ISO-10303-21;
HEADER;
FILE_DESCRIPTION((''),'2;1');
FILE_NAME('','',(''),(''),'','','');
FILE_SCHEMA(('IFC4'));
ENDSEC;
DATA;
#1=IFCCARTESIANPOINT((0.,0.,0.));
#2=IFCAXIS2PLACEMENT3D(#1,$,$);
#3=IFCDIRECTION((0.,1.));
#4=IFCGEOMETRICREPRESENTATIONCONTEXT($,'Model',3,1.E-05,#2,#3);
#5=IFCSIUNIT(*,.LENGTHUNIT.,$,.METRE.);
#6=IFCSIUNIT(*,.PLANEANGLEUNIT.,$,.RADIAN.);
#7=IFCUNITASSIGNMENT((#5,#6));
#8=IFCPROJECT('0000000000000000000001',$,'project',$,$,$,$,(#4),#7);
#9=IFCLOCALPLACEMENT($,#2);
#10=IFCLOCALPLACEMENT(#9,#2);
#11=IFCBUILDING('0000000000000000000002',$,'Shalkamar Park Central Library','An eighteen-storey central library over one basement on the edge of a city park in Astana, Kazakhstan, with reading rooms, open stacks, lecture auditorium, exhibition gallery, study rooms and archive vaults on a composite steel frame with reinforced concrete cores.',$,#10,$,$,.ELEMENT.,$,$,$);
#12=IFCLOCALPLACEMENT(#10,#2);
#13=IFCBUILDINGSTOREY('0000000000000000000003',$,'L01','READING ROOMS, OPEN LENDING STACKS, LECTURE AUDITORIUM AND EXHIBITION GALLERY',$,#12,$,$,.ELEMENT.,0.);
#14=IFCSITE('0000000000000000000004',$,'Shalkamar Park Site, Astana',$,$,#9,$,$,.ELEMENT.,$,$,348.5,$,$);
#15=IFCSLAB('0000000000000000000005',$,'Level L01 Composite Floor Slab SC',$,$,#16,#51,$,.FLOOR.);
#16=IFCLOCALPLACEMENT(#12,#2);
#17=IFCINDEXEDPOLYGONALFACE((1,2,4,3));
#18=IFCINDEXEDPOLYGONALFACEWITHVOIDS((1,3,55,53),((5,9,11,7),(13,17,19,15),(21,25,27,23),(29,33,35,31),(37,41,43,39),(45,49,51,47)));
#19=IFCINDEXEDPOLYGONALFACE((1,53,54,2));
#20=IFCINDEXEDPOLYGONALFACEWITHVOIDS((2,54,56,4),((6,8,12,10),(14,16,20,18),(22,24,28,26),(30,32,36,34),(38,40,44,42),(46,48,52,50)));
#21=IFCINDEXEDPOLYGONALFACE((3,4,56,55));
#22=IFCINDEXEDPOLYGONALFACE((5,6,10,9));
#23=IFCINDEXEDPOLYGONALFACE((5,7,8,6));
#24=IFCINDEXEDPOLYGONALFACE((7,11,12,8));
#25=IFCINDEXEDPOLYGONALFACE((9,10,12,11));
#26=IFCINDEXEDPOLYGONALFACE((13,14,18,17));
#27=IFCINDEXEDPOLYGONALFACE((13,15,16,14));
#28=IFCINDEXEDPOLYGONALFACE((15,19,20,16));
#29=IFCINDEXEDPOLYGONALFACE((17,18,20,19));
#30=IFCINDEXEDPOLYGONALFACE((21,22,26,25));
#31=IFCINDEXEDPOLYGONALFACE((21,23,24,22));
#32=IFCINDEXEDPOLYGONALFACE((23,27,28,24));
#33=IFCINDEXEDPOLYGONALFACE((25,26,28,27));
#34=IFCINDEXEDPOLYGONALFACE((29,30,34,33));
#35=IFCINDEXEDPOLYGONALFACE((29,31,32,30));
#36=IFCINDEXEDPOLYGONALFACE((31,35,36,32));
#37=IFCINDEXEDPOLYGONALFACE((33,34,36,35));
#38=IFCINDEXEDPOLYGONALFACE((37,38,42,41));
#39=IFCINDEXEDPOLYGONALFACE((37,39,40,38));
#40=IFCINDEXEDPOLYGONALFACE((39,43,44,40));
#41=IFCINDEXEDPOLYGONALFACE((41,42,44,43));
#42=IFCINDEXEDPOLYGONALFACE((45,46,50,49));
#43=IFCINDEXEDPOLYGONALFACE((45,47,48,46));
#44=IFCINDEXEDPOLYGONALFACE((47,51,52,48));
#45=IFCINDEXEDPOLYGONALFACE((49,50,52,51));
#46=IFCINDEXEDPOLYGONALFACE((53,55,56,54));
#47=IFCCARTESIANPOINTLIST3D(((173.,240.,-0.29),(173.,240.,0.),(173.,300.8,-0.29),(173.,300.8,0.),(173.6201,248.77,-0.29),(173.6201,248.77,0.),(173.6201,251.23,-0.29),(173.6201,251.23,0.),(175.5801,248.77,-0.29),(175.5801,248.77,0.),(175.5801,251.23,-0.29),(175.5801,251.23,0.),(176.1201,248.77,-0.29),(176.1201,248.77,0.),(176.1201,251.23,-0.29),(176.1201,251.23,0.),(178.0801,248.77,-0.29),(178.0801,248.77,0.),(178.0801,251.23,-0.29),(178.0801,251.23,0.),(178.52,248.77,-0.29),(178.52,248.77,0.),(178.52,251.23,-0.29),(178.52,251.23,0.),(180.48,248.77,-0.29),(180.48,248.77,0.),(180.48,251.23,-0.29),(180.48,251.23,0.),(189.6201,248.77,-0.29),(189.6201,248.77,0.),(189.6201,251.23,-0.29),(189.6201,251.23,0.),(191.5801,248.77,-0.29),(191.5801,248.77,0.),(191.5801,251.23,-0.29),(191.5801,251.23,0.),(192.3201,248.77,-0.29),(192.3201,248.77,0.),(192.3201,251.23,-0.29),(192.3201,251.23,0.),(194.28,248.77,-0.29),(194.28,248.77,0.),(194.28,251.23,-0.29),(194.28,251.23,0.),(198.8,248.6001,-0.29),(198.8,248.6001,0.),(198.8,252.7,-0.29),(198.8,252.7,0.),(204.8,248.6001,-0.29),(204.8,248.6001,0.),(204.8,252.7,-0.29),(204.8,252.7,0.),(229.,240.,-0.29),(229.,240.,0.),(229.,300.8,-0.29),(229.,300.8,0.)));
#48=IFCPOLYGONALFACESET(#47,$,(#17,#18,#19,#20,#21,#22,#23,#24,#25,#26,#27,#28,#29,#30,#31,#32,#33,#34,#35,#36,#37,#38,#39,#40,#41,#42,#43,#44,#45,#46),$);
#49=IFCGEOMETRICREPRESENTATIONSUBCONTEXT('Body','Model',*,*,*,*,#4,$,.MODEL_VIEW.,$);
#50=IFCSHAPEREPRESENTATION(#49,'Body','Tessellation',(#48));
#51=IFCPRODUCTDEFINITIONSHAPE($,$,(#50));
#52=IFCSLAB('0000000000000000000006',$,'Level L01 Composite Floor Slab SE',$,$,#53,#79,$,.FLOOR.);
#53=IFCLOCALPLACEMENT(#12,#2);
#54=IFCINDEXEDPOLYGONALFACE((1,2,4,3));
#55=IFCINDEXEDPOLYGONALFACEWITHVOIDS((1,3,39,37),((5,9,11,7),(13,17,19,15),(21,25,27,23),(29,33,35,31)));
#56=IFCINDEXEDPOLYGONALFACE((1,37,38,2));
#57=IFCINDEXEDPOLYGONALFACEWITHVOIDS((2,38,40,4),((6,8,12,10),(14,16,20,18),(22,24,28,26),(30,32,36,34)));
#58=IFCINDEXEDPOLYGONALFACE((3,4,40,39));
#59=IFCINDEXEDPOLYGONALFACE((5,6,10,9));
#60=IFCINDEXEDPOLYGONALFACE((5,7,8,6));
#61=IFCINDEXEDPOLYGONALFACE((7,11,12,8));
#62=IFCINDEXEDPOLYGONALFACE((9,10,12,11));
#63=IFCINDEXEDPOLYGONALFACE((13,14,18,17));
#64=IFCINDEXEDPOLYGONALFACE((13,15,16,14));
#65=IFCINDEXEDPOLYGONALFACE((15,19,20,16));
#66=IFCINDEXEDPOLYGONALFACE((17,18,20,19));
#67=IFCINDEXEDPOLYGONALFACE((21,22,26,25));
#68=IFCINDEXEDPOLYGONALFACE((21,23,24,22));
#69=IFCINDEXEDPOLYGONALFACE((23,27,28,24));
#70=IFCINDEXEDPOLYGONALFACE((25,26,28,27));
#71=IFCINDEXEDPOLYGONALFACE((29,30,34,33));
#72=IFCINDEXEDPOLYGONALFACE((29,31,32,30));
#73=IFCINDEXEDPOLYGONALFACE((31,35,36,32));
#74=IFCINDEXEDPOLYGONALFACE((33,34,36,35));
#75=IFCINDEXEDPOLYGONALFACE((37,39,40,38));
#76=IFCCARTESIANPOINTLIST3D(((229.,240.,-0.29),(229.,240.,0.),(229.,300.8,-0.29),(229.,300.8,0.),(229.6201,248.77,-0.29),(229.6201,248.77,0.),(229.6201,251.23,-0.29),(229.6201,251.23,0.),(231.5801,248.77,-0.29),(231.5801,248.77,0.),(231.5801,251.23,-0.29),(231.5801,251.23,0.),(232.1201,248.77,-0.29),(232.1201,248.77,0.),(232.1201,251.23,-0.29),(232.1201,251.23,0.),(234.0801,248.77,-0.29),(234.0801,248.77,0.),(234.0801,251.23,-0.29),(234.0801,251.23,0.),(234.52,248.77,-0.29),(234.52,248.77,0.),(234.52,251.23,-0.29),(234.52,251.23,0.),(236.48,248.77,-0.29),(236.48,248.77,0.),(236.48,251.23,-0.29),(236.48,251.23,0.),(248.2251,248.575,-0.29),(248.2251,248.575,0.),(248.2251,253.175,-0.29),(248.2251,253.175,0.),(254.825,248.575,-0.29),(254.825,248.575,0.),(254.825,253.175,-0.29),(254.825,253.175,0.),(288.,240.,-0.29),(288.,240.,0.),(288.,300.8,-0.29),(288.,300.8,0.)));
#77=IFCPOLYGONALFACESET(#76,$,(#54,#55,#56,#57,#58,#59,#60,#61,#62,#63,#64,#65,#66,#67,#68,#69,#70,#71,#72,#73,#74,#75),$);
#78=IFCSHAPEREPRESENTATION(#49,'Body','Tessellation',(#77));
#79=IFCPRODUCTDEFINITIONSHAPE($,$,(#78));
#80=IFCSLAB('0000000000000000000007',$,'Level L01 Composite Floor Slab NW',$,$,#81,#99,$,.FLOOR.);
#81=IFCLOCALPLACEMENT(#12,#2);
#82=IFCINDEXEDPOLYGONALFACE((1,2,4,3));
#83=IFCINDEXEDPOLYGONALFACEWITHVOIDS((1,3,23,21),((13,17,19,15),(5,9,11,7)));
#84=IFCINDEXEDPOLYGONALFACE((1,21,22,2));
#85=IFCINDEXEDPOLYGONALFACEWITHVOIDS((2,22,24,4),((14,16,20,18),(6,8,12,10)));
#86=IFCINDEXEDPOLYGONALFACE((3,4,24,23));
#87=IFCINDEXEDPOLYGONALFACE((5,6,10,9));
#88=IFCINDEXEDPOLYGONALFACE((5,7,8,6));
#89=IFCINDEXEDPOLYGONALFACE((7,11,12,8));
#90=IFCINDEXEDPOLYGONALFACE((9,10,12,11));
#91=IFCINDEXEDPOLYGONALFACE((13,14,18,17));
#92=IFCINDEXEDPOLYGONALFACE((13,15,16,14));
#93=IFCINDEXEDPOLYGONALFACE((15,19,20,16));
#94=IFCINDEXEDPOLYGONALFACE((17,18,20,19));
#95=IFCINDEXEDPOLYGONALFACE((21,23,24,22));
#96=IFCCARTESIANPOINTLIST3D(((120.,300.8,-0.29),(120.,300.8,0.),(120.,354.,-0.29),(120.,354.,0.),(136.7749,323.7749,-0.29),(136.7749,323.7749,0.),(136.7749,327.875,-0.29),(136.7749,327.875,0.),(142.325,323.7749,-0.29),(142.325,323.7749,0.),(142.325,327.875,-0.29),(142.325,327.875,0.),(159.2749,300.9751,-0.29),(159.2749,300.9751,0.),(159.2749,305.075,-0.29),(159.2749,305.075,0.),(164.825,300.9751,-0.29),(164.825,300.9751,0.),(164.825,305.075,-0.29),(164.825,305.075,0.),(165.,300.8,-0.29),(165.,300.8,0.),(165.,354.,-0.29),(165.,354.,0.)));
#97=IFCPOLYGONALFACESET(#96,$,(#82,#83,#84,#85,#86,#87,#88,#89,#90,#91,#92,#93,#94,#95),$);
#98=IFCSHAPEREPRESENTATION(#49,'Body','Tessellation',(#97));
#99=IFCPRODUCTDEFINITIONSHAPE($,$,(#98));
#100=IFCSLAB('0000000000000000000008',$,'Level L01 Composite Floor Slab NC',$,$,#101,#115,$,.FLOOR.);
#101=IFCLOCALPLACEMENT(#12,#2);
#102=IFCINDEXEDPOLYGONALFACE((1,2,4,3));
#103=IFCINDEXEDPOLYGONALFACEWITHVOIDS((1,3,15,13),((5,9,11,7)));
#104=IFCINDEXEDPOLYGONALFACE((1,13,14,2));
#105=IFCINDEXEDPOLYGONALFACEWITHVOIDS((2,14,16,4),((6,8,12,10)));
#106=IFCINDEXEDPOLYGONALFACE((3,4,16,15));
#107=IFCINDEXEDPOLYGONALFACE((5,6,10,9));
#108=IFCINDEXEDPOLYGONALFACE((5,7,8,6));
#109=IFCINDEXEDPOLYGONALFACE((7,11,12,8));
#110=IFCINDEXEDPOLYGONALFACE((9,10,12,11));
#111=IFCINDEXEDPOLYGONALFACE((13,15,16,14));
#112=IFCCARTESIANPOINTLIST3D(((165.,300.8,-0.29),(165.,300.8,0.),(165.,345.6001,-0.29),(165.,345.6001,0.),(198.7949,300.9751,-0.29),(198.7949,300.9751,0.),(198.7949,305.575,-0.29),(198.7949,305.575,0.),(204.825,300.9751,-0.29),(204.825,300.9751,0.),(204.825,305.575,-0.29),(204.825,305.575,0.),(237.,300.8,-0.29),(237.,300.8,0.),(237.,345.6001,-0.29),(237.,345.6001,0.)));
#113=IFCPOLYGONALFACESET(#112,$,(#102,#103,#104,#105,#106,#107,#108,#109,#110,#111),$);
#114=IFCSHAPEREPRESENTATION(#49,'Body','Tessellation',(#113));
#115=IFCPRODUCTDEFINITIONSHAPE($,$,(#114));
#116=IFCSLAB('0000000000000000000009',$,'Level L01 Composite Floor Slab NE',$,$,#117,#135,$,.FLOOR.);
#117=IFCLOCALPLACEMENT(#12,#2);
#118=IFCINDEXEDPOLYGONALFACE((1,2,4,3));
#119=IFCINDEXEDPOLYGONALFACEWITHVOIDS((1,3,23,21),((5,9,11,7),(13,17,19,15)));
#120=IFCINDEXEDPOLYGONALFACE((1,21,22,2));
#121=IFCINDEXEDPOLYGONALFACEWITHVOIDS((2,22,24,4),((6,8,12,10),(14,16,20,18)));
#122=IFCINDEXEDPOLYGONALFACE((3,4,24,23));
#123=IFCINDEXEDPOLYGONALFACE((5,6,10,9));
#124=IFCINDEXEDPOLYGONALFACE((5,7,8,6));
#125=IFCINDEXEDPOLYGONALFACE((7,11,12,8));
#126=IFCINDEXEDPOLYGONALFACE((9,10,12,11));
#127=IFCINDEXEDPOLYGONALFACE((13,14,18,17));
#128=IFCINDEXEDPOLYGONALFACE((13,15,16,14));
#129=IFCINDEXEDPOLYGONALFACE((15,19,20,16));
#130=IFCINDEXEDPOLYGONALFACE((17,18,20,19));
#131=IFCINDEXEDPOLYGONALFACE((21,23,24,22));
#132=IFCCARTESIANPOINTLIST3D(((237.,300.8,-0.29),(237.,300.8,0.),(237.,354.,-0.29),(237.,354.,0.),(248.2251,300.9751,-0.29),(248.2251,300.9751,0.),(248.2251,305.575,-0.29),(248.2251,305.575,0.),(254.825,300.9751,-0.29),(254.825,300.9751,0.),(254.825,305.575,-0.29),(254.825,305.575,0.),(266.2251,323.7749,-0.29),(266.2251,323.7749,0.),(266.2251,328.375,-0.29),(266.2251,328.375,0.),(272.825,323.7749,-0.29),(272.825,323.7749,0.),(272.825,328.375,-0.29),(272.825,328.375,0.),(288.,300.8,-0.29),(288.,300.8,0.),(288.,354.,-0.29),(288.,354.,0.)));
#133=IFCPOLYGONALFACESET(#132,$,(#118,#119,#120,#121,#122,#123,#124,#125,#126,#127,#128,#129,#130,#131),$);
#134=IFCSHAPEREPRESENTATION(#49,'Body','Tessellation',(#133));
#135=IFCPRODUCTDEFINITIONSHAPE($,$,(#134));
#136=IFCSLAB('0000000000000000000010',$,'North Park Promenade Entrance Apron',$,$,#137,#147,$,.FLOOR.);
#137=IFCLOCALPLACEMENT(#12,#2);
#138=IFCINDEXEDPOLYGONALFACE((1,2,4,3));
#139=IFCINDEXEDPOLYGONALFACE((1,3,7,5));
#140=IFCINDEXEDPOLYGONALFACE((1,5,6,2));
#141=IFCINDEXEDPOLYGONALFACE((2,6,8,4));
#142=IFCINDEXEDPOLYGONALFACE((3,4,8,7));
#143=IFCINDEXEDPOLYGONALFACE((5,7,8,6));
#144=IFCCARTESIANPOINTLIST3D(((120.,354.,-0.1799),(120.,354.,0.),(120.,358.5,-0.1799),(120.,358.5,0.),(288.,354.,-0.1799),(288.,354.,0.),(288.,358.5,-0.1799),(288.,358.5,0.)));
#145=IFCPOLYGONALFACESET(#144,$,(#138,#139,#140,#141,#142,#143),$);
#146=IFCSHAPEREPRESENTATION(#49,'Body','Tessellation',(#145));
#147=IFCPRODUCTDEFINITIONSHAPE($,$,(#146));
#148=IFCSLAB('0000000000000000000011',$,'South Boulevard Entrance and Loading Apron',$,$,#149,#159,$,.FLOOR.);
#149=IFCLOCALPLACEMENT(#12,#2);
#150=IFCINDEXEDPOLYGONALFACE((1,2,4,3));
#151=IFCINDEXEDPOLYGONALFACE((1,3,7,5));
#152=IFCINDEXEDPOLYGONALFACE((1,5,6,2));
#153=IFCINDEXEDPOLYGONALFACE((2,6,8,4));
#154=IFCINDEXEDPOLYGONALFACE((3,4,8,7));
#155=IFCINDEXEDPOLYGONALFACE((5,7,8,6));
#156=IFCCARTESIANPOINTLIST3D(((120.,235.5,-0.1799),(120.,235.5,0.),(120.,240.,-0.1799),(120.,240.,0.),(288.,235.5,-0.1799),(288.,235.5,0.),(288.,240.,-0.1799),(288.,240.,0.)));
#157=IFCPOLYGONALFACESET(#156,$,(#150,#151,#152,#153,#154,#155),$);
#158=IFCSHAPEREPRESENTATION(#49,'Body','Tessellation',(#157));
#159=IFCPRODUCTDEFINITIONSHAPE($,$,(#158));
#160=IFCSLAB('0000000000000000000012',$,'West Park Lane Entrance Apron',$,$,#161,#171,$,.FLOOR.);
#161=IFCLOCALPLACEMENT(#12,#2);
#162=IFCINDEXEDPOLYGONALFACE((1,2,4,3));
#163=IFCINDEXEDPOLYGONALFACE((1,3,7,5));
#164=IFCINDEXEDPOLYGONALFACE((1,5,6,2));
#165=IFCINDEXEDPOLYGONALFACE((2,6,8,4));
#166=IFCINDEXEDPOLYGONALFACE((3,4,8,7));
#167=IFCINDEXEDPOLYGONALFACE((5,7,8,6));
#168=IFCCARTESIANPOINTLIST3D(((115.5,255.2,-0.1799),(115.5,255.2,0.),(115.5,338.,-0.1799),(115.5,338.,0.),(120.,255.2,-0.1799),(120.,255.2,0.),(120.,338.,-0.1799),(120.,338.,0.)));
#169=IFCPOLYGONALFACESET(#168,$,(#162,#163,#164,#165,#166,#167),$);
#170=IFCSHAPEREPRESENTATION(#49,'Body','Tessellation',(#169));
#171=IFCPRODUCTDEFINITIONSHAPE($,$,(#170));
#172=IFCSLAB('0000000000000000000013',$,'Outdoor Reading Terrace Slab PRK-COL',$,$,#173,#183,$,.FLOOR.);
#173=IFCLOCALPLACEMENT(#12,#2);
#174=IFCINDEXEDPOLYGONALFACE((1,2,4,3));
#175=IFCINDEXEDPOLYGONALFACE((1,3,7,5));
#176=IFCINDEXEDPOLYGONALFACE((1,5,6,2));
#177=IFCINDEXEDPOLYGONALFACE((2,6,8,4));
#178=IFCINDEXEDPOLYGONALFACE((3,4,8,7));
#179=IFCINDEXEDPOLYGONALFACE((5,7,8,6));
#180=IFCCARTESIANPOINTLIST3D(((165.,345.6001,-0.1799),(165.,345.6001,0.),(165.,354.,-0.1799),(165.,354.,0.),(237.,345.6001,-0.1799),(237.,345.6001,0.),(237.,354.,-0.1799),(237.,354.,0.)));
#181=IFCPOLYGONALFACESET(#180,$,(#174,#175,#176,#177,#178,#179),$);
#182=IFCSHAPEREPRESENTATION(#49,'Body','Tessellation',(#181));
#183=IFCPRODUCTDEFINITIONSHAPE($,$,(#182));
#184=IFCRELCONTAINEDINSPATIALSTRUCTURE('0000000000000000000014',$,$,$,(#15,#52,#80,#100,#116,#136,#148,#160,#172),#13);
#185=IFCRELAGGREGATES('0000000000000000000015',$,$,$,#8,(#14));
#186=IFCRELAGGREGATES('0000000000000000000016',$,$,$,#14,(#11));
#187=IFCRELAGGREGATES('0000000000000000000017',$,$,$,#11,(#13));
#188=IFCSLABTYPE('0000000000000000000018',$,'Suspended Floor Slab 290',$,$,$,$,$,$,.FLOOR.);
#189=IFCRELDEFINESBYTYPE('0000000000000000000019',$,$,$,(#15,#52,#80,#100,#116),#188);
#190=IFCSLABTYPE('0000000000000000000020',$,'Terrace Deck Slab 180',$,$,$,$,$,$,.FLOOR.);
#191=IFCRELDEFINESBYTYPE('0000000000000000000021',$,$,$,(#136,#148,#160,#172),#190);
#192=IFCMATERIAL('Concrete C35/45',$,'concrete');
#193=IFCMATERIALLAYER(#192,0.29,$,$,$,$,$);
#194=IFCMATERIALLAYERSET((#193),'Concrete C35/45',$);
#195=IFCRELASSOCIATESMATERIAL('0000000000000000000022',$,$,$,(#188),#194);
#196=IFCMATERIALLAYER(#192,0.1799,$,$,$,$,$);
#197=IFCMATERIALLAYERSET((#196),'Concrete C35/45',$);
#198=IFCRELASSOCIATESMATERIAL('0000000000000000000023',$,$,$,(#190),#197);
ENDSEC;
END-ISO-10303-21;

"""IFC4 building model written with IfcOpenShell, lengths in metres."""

from ifc_helpers import new_model, si_unit, direction, frame, origin, place, context, subcontext, project, spatial, polyline, outline, extrude, material, layer, layer_set, type_object, element, save


model = new_model("IFC4")

# Units and contexts
model_context = context("Model", 3, precision=1e-05, world=origin(), true_north=direction((0.0, 1.0)))
body_context = subcontext(model_context, "Body", "Model", "MODEL_VIEW")
ifc_project = project(units=[si_unit("LENGTHUNIT", "METRE"), si_unit("PLANEANGLEUNIT", "RADIAN")], contexts=[model_context])

# Site, building, storey
site_placement = place(None, origin())
site = spatial("IfcSite", under=ifc_project, at=site_placement, Name="Shalkamar Park Site, Astana", CompositionType="ELEMENT", RefElevation=348.5)
building_placement = place(site_placement, origin())
building = spatial("IfcBuilding", under=site, at=building_placement, Name="Shalkamar Park Central Library", Description="An eighteen-storey central library over one basement on the edge of a city park in Astana, Kazakhstan, with reading rooms, open stacks, lecture auditorium, exhibition gallery, study rooms and archive vaults on a composite steel frame with reinforced concrete cores.", CompositionType="ELEMENT")
storey_placement = place(building_placement, origin())
storey = spatial("IfcBuildingStorey", under=building, at=storey_placement, Name="L01", Description="READING ROOMS, OPEN LENDING STACKS, LECTURE AUDITORIUM AND EXHIBITION GALLERY", CompositionType="ELEMENT", Elevation=0.0)

# Shared definitions
ifc_material_1 = material(Name="Concrete C35/45", Category="concrete")

# Slabs
ifc_layer_1 = layer(ifc_material_1, 0.29)
ifc_layer_set_1 = layer_set([ifc_layer_1], Name="Concrete C35/45")
slab_type_1 = type_object("IfcSlabType", Name="Suspended Floor Slab 290", PredefinedType="FLOOR", material=ifc_layer_set_1)
slab_1_placement = place(storey_placement, frame((0.0, 0.0, -0.29)))
element("IfcSlab", 1, at=slab_1_placement, inside=storey, type_object=slab_type_1, Name="Level L01 Composite Floor Slab SC", PredefinedType="FLOOR", context=body_context, shape_type="SweptSolid", body=[
    extrude(outline(polyline([(173.0, 240.0), (173.0, 300.8), (229.0, 300.8), (229.0, 240.0), (173.0, 240.0)]), holes=[polyline([(175.5801, 251.23), (173.6201, 251.23), (173.6201, 248.77), (175.5801, 248.77), (175.5801, 251.23)]), polyline([(178.0801, 251.23), (176.1201, 251.23), (176.1201, 248.77), (178.0801, 248.77), (178.0801, 251.23)]), polyline([(180.48, 251.23), (178.52, 251.23), (178.52, 248.77), (180.48, 248.77), (180.48, 251.23)]), polyline([(191.5801, 251.23), (189.6201, 251.23), (189.6201, 248.77), (191.5801, 248.77), (191.5801, 251.23)]), polyline([(194.28, 251.23), (192.3201, 251.23), (192.3201, 248.77), (194.28, 248.77), (194.28, 251.23)]), polyline([(204.8, 252.7), (198.8, 252.7), (198.8, 248.6001), (204.8, 248.6001), (204.8, 252.7)])]), origin(), (0.0, 0.0, 1.0), 0.29),
])
slab_2_placement = place(storey_placement, frame((0.0, 0.0, -0.29)))
element("IfcSlab", 2, at=slab_2_placement, inside=storey, type_object=slab_type_1, Name="Level L01 Composite Floor Slab SE", PredefinedType="FLOOR", context=body_context, shape_type="SweptSolid", body=[
    extrude(outline(polyline([(229.0, 240.0), (229.0, 300.8), (288.0, 300.8), (288.0, 240.0), (229.0, 240.0)]), holes=[polyline([(231.5801, 251.23), (229.6201, 251.23), (229.6201, 248.77), (231.5801, 248.77), (231.5801, 251.23)]), polyline([(234.0801, 251.23), (232.1201, 251.23), (232.1201, 248.77), (234.0801, 248.77), (234.0801, 251.23)]), polyline([(236.48, 251.23), (234.52, 251.23), (234.52, 248.77), (236.48, 248.77), (236.48, 251.23)]), polyline([(254.825, 253.175), (248.2251, 253.175), (248.2251, 248.575), (254.825, 248.575), (254.825, 253.175)])]), origin(), (0.0, 0.0, 1.0), 0.29),
])
slab_3_placement = place(storey_placement, frame((0.0, 0.0, -0.29)))
element("IfcSlab", 3, at=slab_3_placement, inside=storey, type_object=slab_type_1, Name="Level L01 Composite Floor Slab NW", PredefinedType="FLOOR", context=body_context, shape_type="SweptSolid", body=[
    extrude(outline(polyline([(120.0, 300.8), (120.0, 354.0), (165.0, 354.0), (165.0, 300.8), (120.0, 300.8)]), holes=[polyline([(164.825, 305.075), (159.2749, 305.075), (159.2749, 300.9751), (164.825, 300.9751), (164.825, 305.075)]), polyline([(142.325, 327.875), (136.7749, 327.875), (136.7749, 323.7749), (142.325, 323.7749), (142.325, 327.875)])]), origin(), (0.0, 0.0, 1.0), 0.29),
])
slab_4_placement = place(storey_placement, frame((0.0, 0.0, -0.29)))
element("IfcSlab", 4, at=slab_4_placement, inside=storey, type_object=slab_type_1, Name="Level L01 Composite Floor Slab NC", PredefinedType="FLOOR", context=body_context, shape_type="SweptSolid", body=[
    extrude(outline(polyline([(165.0, 300.8), (165.0, 345.6001), (237.0, 345.6001), (237.0, 300.8), (165.0, 300.8)]), holes=[polyline([(204.825, 305.575), (198.7949, 305.575), (198.7949, 300.9751), (204.825, 300.9751), (204.825, 305.575)])]), origin(), (0.0, 0.0, 1.0), 0.29),
])
slab_5_placement = place(storey_placement, frame((0.0, 0.0, -0.29)))
element("IfcSlab", 5, at=slab_5_placement, inside=storey, type_object=slab_type_1, Name="Level L01 Composite Floor Slab NE", PredefinedType="FLOOR", context=body_context, shape_type="SweptSolid", body=[
    extrude(outline(polyline([(237.0, 300.8), (237.0, 354.0), (288.0, 354.0), (288.0, 300.8), (237.0, 300.8)]), holes=[polyline([(254.825, 300.9751), (254.825, 305.575), (248.2251, 305.575), (248.2251, 300.9751), (254.825, 300.9751)]), polyline([(272.825, 323.7749), (272.825, 328.375), (266.2251, 328.375), (266.2251, 323.7749), (272.825, 323.7749)])]), origin(), (0.0, 0.0, 1.0), 0.29),
])
ifc_layer_2 = layer(ifc_material_1, 0.1799)
ifc_layer_set_2 = layer_set([ifc_layer_2], Name="Concrete C35/45")
slab_type_2 = type_object("IfcSlabType", Name="Terrace Deck Slab 180", PredefinedType="FLOOR", material=ifc_layer_set_2)
slab_6_placement = place(storey_placement, frame((0.0, 0.0, -0.1799)))
element("IfcSlab", 6, at=slab_6_placement, inside=storey, type_object=slab_type_2, Name="North Park Promenade Entrance Apron", PredefinedType="FLOOR", context=body_context, shape_type="SweptSolid", body=[
    extrude(outline(polyline([(120.0, 354.0), (288.0, 354.0), (288.0, 358.5), (120.0, 358.5), (120.0, 354.0)])), origin(), (0.0, 0.0, 1.0), 0.1799),
])
slab_7_placement = place(storey_placement, frame((0.0, 0.0, -0.1799)))
element("IfcSlab", 7, at=slab_7_placement, inside=storey, type_object=slab_type_2, Name="South Boulevard Entrance and Loading Apron", PredefinedType="FLOOR", context=body_context, shape_type="SweptSolid", body=[
    extrude(outline(polyline([(120.0, 235.5), (288.0, 235.5), (288.0, 240.0), (120.0, 240.0), (120.0, 235.5)])), origin(), (0.0, 0.0, 1.0), 0.1799),
])
slab_8_placement = place(storey_placement, frame((0.0, 0.0, -0.1799)))
element("IfcSlab", 8, at=slab_8_placement, inside=storey, type_object=slab_type_2, Name="West Park Lane Entrance Apron", PredefinedType="FLOOR", context=body_context, shape_type="SweptSolid", body=[
    extrude(outline(polyline([(115.5, 255.2), (120.0, 255.2), (120.0, 338.0), (115.5, 338.0), (115.5, 255.2)])), origin(), (0.0, 0.0, 1.0), 0.1799),
])
slab_9_placement = place(storey_placement, frame((0.0, 0.0, -0.1799)))
element("IfcSlab", 9, at=slab_9_placement, inside=storey, type_object=slab_type_2, Name="Outdoor Reading Terrace Slab PRK-COL", PredefinedType="FLOOR", context=body_context, shape_type="SweptSolid", body=[
    extrude(outline(polyline([(165.0, 345.6001), (237.0, 345.6001), (237.0, 354.0), (165.0, 354.0), (165.0, 345.6001)])), origin(), (0.0, 0.0, 1.0), 0.1799),
])

save(model, "model.ifc")
